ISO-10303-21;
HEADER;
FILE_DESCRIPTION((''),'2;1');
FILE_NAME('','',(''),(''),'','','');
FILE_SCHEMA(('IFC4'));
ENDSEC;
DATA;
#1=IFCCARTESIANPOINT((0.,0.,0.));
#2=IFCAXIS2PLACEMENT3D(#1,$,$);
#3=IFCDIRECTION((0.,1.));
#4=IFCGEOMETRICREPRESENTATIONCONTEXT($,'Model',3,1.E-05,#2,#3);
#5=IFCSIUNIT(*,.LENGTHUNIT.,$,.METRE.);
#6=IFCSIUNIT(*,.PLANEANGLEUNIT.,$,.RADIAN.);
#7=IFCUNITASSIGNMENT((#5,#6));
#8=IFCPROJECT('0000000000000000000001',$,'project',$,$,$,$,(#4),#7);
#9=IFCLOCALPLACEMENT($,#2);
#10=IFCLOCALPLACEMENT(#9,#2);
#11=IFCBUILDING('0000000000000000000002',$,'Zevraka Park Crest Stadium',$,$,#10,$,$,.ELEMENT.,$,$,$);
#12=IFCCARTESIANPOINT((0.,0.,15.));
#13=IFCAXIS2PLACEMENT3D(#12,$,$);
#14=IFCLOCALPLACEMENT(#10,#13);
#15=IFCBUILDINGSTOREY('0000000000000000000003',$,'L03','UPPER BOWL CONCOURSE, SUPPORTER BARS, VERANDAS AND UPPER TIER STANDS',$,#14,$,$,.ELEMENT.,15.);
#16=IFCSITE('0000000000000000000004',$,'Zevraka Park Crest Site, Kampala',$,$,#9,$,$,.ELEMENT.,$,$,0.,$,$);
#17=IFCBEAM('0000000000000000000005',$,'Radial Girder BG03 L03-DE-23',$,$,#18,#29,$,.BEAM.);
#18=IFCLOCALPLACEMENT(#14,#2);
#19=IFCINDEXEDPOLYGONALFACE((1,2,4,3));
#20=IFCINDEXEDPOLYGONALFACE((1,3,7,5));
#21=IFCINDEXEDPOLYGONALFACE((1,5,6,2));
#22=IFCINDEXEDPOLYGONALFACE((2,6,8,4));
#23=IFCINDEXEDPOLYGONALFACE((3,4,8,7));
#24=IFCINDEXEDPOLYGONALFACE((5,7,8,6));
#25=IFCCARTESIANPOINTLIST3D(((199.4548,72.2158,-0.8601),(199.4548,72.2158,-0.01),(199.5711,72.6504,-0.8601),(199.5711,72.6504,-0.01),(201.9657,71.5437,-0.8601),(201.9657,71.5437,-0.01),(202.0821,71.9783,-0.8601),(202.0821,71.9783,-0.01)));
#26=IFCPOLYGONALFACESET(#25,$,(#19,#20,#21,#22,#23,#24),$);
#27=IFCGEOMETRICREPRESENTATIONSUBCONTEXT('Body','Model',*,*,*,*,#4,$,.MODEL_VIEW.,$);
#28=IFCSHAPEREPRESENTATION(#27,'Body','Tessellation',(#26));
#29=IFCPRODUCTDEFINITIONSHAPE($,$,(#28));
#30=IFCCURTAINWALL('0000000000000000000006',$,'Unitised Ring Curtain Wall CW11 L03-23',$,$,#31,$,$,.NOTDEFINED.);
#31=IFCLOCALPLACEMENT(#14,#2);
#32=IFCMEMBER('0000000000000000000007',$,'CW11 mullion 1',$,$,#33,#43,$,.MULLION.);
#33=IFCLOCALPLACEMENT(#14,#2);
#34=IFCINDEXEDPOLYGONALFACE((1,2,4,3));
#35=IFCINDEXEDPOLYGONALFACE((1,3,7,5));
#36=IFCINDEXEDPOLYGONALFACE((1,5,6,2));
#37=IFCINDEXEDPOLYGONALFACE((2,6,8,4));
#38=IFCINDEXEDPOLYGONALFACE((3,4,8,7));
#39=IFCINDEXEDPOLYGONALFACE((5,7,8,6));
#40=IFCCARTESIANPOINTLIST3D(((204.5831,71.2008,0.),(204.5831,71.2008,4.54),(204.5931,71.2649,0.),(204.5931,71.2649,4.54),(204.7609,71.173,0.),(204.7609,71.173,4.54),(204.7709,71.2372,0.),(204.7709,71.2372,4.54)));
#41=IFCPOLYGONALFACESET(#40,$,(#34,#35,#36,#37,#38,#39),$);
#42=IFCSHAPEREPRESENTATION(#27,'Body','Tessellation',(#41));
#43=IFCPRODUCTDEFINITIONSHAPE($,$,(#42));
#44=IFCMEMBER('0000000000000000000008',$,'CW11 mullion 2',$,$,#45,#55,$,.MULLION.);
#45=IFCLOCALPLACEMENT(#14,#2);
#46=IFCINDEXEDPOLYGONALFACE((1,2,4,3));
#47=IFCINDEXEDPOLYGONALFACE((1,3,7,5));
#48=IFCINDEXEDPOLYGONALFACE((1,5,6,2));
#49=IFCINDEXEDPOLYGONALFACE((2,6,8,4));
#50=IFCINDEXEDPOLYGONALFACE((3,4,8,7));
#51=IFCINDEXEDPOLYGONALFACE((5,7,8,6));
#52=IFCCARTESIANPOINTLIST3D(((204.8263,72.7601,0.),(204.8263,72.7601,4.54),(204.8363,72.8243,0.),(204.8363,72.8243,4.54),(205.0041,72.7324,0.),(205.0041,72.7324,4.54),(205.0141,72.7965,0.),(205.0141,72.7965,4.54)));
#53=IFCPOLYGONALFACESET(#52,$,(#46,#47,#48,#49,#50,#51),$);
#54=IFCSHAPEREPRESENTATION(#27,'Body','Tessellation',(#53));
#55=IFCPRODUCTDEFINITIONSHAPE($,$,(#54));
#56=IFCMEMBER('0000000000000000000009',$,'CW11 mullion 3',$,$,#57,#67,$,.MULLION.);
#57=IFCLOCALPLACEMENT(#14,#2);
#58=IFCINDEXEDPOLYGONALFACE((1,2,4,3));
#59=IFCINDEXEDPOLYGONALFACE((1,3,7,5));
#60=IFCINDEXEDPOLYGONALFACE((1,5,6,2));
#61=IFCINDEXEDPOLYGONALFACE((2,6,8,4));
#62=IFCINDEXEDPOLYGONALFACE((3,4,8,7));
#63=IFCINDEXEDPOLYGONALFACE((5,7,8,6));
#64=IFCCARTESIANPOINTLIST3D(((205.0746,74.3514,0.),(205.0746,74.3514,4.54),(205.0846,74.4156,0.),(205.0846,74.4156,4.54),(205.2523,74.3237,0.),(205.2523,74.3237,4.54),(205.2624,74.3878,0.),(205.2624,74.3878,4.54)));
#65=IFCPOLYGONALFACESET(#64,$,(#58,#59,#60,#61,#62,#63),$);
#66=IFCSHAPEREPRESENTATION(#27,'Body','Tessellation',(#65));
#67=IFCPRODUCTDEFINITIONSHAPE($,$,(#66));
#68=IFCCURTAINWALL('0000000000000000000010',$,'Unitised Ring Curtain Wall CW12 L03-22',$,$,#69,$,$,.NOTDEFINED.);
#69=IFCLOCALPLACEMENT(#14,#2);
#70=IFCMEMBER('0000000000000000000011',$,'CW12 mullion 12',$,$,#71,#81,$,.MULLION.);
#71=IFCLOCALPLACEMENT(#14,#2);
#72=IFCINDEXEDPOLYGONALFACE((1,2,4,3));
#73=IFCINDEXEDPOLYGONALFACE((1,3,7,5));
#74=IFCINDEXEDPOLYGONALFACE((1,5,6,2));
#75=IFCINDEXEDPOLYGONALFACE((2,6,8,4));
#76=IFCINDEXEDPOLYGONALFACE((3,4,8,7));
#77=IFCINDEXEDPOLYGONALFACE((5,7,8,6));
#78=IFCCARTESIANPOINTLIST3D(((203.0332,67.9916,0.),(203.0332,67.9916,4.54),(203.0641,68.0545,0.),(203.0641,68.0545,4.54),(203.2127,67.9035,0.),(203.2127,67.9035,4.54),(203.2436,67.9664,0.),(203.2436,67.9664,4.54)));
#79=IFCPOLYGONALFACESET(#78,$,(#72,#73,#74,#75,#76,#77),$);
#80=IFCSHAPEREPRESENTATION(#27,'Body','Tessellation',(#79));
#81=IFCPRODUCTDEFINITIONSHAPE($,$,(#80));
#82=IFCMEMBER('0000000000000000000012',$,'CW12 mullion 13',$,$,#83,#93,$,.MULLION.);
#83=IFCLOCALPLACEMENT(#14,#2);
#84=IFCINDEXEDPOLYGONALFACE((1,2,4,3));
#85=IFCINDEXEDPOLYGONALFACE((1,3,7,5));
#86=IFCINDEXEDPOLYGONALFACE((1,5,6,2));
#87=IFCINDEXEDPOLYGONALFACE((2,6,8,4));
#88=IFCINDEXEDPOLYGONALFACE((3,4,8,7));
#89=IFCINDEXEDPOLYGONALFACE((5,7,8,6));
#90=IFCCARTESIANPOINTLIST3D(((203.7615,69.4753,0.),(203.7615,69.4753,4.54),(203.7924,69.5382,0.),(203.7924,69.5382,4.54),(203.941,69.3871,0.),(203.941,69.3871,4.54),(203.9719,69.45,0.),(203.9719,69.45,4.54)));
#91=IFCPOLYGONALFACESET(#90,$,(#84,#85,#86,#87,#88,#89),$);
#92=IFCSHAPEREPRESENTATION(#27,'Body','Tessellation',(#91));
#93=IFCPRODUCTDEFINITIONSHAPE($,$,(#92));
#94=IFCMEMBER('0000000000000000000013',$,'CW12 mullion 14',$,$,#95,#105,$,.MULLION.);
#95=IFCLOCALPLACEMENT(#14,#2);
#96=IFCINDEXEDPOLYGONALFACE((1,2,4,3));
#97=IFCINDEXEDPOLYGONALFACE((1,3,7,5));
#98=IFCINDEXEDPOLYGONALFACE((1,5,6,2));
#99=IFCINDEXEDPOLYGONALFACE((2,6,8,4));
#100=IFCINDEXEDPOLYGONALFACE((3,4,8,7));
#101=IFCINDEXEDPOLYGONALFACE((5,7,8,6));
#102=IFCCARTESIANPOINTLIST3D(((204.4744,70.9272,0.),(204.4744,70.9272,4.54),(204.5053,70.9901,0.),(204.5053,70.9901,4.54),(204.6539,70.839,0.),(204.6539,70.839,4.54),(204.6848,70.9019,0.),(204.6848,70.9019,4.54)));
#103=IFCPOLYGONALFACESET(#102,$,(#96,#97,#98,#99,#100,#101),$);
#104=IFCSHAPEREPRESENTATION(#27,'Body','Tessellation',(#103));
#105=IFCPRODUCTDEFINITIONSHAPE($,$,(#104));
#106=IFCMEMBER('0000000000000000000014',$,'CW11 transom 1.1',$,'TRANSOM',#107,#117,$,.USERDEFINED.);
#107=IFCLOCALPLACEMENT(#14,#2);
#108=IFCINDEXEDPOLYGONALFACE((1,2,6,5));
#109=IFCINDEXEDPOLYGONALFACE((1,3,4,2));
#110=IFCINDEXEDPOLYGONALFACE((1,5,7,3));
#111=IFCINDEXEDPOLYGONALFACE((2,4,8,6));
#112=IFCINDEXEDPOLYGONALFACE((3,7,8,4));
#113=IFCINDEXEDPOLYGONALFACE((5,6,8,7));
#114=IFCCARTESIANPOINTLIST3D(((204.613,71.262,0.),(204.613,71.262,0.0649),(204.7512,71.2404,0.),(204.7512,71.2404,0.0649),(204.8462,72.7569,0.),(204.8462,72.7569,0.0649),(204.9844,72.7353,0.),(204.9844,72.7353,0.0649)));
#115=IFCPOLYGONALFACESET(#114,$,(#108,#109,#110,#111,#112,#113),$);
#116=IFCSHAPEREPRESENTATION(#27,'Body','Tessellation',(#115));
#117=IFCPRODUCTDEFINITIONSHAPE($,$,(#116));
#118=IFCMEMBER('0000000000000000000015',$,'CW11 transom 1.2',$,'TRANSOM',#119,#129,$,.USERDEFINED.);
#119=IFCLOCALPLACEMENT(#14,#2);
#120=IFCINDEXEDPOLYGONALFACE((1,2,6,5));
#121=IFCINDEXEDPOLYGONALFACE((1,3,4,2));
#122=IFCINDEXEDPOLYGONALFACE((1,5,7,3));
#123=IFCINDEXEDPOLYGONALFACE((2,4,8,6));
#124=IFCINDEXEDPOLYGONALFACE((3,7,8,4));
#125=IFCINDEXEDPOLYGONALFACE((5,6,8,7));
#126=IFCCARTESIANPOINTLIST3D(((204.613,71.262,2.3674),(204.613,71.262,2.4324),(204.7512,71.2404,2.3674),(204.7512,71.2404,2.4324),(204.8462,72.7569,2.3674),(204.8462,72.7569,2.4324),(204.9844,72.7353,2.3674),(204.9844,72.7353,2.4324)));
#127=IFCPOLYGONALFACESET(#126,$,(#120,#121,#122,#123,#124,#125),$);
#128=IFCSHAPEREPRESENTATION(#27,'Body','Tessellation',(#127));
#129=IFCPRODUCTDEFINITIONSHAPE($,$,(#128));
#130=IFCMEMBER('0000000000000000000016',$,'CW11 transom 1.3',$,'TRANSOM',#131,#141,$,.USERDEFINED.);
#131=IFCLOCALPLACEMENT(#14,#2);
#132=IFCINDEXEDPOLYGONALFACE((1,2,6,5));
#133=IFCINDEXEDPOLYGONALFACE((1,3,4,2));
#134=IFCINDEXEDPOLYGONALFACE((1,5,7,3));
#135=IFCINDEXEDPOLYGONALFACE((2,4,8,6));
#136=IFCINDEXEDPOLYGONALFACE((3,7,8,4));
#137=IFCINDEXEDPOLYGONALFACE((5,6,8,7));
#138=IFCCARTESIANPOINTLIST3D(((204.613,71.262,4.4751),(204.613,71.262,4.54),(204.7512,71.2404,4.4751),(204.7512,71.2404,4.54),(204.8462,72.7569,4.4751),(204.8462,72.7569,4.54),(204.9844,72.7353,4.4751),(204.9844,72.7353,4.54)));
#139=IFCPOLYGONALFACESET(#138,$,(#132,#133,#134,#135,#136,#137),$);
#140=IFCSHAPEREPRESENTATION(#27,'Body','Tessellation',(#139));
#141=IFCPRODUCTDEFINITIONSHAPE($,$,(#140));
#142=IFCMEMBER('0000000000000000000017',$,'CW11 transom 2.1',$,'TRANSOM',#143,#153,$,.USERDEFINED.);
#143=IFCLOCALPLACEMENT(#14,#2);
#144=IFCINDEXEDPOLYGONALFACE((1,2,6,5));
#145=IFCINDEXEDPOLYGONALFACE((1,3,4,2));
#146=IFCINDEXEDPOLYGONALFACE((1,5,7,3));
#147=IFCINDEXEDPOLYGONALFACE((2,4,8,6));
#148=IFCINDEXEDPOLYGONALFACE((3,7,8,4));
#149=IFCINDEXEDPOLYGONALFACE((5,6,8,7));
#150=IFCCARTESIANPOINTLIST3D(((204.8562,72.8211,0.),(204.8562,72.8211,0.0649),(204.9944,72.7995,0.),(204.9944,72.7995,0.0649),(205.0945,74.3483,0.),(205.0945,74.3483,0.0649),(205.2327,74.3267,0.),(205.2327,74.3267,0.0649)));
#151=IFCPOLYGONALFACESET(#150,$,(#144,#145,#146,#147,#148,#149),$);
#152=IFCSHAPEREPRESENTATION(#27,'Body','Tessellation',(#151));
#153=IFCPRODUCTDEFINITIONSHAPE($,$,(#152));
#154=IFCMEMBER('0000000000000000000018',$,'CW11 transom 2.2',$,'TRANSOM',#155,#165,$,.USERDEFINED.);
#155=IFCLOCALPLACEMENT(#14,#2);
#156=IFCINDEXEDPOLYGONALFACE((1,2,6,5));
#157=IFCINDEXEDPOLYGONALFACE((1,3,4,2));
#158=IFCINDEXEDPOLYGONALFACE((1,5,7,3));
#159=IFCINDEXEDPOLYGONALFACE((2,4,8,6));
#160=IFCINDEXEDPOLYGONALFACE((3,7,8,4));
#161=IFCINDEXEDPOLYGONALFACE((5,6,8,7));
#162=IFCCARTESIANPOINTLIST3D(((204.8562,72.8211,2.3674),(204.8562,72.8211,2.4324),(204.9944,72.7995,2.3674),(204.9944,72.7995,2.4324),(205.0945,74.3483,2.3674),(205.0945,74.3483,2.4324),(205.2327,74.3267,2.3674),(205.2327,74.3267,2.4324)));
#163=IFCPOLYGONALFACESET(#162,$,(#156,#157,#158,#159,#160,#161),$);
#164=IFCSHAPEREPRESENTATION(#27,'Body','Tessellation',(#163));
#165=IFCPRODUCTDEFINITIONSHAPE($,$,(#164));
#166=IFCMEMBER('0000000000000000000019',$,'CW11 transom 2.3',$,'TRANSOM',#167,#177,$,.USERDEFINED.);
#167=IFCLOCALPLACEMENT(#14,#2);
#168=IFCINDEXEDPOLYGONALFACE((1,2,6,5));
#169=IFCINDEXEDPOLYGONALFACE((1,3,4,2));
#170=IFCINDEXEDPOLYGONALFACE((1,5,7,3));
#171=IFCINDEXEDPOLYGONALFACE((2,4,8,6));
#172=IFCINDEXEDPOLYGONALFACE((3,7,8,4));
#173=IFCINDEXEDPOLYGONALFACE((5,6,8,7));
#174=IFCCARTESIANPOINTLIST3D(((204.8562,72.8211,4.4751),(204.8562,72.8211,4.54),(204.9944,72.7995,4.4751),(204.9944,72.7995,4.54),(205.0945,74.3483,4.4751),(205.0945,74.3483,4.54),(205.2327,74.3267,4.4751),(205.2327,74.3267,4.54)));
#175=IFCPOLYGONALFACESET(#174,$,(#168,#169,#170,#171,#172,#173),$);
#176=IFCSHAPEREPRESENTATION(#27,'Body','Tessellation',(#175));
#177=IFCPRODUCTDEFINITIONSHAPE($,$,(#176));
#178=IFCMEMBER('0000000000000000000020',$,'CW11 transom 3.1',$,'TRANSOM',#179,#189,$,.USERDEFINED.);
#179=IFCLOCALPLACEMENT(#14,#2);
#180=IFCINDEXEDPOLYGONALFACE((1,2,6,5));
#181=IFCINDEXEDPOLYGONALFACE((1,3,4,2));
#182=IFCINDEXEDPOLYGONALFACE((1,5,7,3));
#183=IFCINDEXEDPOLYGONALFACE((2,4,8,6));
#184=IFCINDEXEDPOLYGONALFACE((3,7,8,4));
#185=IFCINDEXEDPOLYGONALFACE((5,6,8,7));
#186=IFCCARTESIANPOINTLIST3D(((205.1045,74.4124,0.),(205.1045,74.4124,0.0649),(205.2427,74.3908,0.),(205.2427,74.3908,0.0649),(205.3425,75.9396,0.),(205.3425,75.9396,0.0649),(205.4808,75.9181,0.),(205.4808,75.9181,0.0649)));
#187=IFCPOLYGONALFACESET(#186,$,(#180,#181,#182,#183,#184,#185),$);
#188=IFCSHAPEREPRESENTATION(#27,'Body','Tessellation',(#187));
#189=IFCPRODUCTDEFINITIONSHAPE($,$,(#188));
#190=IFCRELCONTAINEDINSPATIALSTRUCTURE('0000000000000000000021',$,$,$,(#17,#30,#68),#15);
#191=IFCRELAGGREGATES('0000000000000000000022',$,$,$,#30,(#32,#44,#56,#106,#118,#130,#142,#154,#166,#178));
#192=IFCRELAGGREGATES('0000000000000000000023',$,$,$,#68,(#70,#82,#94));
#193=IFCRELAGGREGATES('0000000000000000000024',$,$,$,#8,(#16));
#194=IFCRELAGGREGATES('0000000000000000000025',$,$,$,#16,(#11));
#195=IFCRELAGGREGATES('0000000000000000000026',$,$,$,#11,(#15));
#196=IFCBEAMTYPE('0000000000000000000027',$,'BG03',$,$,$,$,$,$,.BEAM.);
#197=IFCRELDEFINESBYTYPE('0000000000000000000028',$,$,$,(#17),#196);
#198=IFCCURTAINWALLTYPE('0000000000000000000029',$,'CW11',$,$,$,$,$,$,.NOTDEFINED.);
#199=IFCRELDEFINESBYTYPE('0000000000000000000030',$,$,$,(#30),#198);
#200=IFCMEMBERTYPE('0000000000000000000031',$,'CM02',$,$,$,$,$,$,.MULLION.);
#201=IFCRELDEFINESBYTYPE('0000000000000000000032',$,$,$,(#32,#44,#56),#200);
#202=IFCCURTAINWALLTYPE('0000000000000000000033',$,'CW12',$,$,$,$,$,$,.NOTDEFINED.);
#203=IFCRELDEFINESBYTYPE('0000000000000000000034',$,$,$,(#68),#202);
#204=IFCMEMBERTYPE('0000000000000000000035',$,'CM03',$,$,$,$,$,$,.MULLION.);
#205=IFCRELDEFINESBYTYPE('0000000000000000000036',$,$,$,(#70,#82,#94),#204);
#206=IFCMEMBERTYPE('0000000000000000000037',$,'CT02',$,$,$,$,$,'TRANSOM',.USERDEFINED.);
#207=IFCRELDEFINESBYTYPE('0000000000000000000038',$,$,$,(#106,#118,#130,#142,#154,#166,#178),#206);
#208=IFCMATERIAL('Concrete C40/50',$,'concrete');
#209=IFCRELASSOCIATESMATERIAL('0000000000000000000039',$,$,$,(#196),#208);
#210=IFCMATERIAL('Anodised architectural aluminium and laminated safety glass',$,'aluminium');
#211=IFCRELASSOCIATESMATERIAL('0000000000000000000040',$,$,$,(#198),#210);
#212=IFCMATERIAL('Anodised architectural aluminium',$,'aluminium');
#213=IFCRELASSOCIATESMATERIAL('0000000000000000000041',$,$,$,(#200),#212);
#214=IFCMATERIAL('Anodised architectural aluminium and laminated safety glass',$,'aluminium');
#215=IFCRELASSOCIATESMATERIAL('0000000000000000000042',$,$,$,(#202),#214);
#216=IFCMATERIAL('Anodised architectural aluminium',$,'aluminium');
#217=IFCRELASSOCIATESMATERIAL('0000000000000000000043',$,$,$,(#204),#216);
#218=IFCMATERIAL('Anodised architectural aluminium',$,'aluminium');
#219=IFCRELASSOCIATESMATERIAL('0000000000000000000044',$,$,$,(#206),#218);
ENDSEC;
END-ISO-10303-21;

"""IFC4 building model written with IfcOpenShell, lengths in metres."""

from ifc_helpers import new_model, si_unit, direction, frame, origin, origin_2d, place, context, subcontext, project, spatial, rectangle, extrude, material, material_profile, profile_set, type_object, element, aggregate, save


model = new_model("IFC4")

# Units and contexts
model_context = context("Model", 3, precision=1e-05, world=origin(), true_north=direction((0.0, 1.0)))
body_context = subcontext(model_context, "Body", "Model", "MODEL_VIEW")
ifc_project = project(units=[si_unit("LENGTHUNIT", "METRE"), si_unit("PLANEANGLEUNIT", "RADIAN")], contexts=[model_context])

# Site, building, storey
site_placement = place(None, origin())
site = spatial("IfcSite", under=ifc_project, at=site_placement, Name="Zevraka Park Crest Site, Kampala", CompositionType="ELEMENT", RefElevation=0.0)
building_placement = place(site_placement, origin())
building = spatial("IfcBuilding", under=site, at=building_placement, Name="Zevraka Park Crest Stadium", CompositionType="ELEMENT")
storey_placement = place(building_placement, frame((0.0, 0.0, 15.0)))
storey = spatial("IfcBuildingStorey", under=building, at=storey_placement, Name="L03", Description="UPPER BOWL CONCOURSE, SUPPORTER BARS, VERANDAS AND UPPER TIER STANDS", CompositionType="ELEMENT", Elevation=15.0)

# Beam
ifc_material_1 = material(Name="Concrete C40/50", Category="concrete")
ifc_material_profile_1 = material_profile(ifc_material_1, rectangle(XDim=0.45, YDim=0.8501, at=origin_2d()), Name="RC 850x450")
ifc_profile_set_1 = profile_set([ifc_material_profile_1], Name="Concrete C40/50")
beam_type_1 = type_object("IfcBeamType", Name="BG03", PredefinedType="BEAM", material=ifc_profile_set_1)
beam_1_placement = place(storey_placement, frame((199.5129, 72.4331, -0.4351), z_axis=(0.965993, -0.258569, 0.0), x_axis=(0.258569, 0.965993, 0.0)))
element("IfcBeam", 1, at=beam_1_placement, inside=storey, type_object=beam_type_1, Name="Radial Girder BG03 L03-DE-23", PredefinedType="BEAM", context=body_context, shape_type="SweptSolid", body=[
    extrude(rectangle(XDim=0.45, YDim=0.8501, at=origin_2d()), origin(), (0.0, 0.0, 1.0), 2.5994),
])

# Curtain walls, members
ifc_material_2 = material(Name="Anodised architectural aluminium and laminated safety glass", Category="aluminium")
curtain_wall_type_1 = type_object("IfcCurtainWallType", Name="CW11", PredefinedType="NOTDEFINED", material=ifc_material_2)
curtain_wall_1_placement = place(storey_placement, origin())
curtain_wall_1 = element("IfcCurtainWall", 2, at=curtain_wall_1_placement, inside=storey, type_object=curtain_wall_type_1, Name="Unitised Ring Curtain Wall CW11 L03-23", PredefinedType="NOTDEFINED")
ifc_material_3 = material(Name="Anodised architectural aluminium", Category="aluminium")
ifc_material_profile_2 = material_profile(ifc_material_3, rectangle(XDim=0.1799, YDim=0.0649, at=origin_2d()), Name="ALU MULLION 180x65")
ifc_profile_set_2 = profile_set([ifc_material_profile_2], Name="Anodised architectural aluminium")
member_type_1 = type_object("IfcMemberType", Name="CM02", PredefinedType="MULLION", material=ifc_profile_set_2)
member_1_placement = place(storey_placement, frame((204.677, 71.219, 0.0), z_axis=(0.0, 0.0, 1.0), x_axis=(-0.988051, 0.154128, 0.0)))
member_1 = element("IfcMember", 3, at=member_1_placement, type_object=member_type_1, Name="CW11 mullion 1", PredefinedType="MULLION", context=body_context, shape_type="SweptSolid", body=[
    extrude(rectangle(XDim=0.1799, YDim=0.0649, at=origin_2d()), origin(), (0.0, 0.0, 1.0), 4.54),
])
member_2_placement = place(storey_placement, frame((204.9202, 72.7783, 0.0), z_axis=(0.0, 0.0, 1.0), x_axis=(-0.988051, 0.154128, 0.0)))
member_2 = element("IfcMember", 4, at=member_2_placement, type_object=member_type_1, Name="CW11 mullion 2", PredefinedType="MULLION", context=body_context, shape_type="SweptSolid", body=[
    extrude(rectangle(XDim=0.1799, YDim=0.0649, at=origin_2d()), origin(), (0.0, 0.0, 1.0), 4.54),
])
member_3_placement = place(storey_placement, frame((205.1685, 74.3696, 0.0), z_axis=(0.0, 0.0, 1.0), x_axis=(-0.988051, 0.154128, 0.0)))
member_3 = element("IfcMember", 5, at=member_3_placement, type_object=member_type_1, Name="CW11 mullion 3", PredefinedType="MULLION", context=body_context, shape_type="SweptSolid", body=[
    extrude(rectangle(XDim=0.1799, YDim=0.0649, at=origin_2d()), origin(), (0.0, 0.0, 1.0), 4.54),
])
ifc_material_4 = material(Name="Anodised architectural aluminium and laminated safety glass", Category="aluminium")
curtain_wall_type_2 = type_object("IfcCurtainWallType", Name="CW12", PredefinedType="NOTDEFINED", material=ifc_material_4)
curtain_wall_2_placement = place(storey_placement, origin())
curtain_wall_2 = element("IfcCurtainWall", 6, at=curtain_wall_2_placement, inside=storey, type_object=curtain_wall_type_2, Name="Unitised Ring Curtain Wall CW12 L03-22", PredefinedType="NOTDEFINED")
ifc_material_5 = material(Name="Anodised architectural aluminium", Category="aluminium")
ifc_material_profile_3 = material_profile(ifc_material_5, rectangle(XDim=0.2, YDim=0.0701, at=origin_2d()), Name="ALU MULLION 200x70")
ifc_profile_set_3 = profile_set([ifc_material_profile_3], Name="Anodised architectural aluminium")
member_type_2 = type_object("IfcMemberType", Name="CM03", PredefinedType="MULLION", material=ifc_profile_set_3)
member_4_placement = place(storey_placement, frame((203.1384, 67.979, 0.0), z_axis=(0.0, 0.0, 1.0), x_axis=(-0.897671, 0.440666, 0.0)))
member_4 = element("IfcMember", 7, at=member_4_placement, type_object=member_type_2, Name="CW12 mullion 12", PredefinedType="MULLION", context=body_context, shape_type="SweptSolid", body=[
    extrude(rectangle(XDim=0.2, YDim=0.0701, at=origin_2d()), origin(), (0.0, 0.0, 1.0), 4.54),
])
member_5_placement = place(storey_placement, frame((203.8667, 69.4626, 0.0), z_axis=(0.0, 0.0, 1.0), x_axis=(-0.897671, 0.440666, 0.0)))
member_5 = element("IfcMember", 8, at=member_5_placement, type_object=member_type_2, Name="CW12 mullion 13", PredefinedType="MULLION", context=body_context, shape_type="SweptSolid", body=[
    extrude(rectangle(XDim=0.2, YDim=0.0701, at=origin_2d()), origin(), (0.0, 0.0, 1.0), 4.54),
])
member_6_placement = place(storey_placement, frame((204.5796, 70.9146, 0.0), z_axis=(0.0, 0.0, 1.0), x_axis=(-0.897671, 0.440666, 0.0)))
member_6 = element("IfcMember", 9, at=member_6_placement, type_object=member_type_2, Name="CW12 mullion 14", PredefinedType="MULLION", context=body_context, shape_type="SweptSolid", body=[
    extrude(rectangle(XDim=0.2, YDim=0.0701, at=origin_2d()), origin(), (0.0, 0.0, 1.0), 4.54),
])

# Members
ifc_material_6 = material(Name="Anodised architectural aluminium", Category="aluminium")
ifc_material_profile_4 = material_profile(ifc_material_6, rectangle(XDim=0.1399, YDim=0.0649, at=origin_2d()), Name="ALU TRANSOM 140x65")
ifc_profile_set_4 = profile_set([ifc_material_profile_4], Name="Anodised architectural aluminium")
member_type_3 = type_object("IfcMemberType", Name="CT02", ElementType="TRANSOM", PredefinedType="USERDEFINED", material=ifc_profile_set_4)
member_7_placement = place(storey_placement, frame((204.6821, 71.2512, 0.0325), z_axis=(0.154106, 0.988054, 0.0), x_axis=(-0.988054, 0.154106, 0.0)))
member_7 = element("IfcMember", 10, at=member_7_placement, type_object=member_type_3, Name="CW11 transom 1.1", ObjectType="TRANSOM", PredefinedType="USERDEFINED", context=body_context, shape_type="SweptSolid", body=[
    extrude(rectangle(XDim=0.1399, YDim=0.0649, at=origin_2d()), origin(), (0.0, 0.0, 1.0), 1.5129),
])
member_8_placement = place(storey_placement, frame((204.6821, 71.2512, 2.3999), z_axis=(0.154106, 0.988054, 0.0), x_axis=(-0.988054, 0.154106, 0.0)))
member_8 = element("IfcMember", 11, at=member_8_placement, type_object=member_type_3, Name="CW11 transom 1.2", ObjectType="TRANSOM", PredefinedType="USERDEFINED", context=body_context, shape_type="SweptSolid", body=[
    extrude(rectangle(XDim=0.1399, YDim=0.0649, at=origin_2d()), origin(), (0.0, 0.0, 1.0), 1.5129),
])
member_9_placement = place(storey_placement, frame((204.6821, 71.2512, 4.5076), z_axis=(0.154106, 0.988054, 0.0), x_axis=(-0.988054, 0.154106, 0.0)))
member_9 = element("IfcMember", 12, at=member_9_placement, type_object=member_type_3, Name="CW11 transom 1.3", ObjectType="TRANSOM", PredefinedType="USERDEFINED", context=body_context, shape_type="SweptSolid", body=[
    extrude(rectangle(XDim=0.1399, YDim=0.0649, at=origin_2d()), origin(), (0.0, 0.0, 1.0), 1.5129),
])
member_10_placement = place(storey_placement, frame((204.9253, 72.8103, 0.0325), z_axis=(0.15417, 0.988044, 0.0), x_axis=(-0.988044, 0.15417, 0.0)))
member_10 = element("IfcMember", 13, at=member_10_placement, type_object=member_type_3, Name="CW11 transom 2.1", ObjectType="TRANSOM", PredefinedType="USERDEFINED", context=body_context, shape_type="SweptSolid", body=[
    extrude(rectangle(XDim=0.1399, YDim=0.0649, at=origin_2d()), origin(), (0.0, 0.0, 1.0), 1.5457),
])
member_11_placement = place(storey_placement, frame((204.9253, 72.8103, 2.3999), z_axis=(0.15417, 0.988044, 0.0), x_axis=(-0.988044, 0.15417, 0.0)))
member_11 = element("IfcMember", 14, at=member_11_placement, type_object=member_type_3, Name="CW11 transom 2.2", ObjectType="TRANSOM", PredefinedType="USERDEFINED", context=body_context, shape_type="SweptSolid", body=[
    extrude(rectangle(XDim=0.1399, YDim=0.0649, at=origin_2d()), origin(), (0.0, 0.0, 1.0), 1.5457),
])
member_12_placement = place(storey_placement, frame((204.9253, 72.8103, 4.5076), z_axis=(0.15417, 0.988044, 0.0), x_axis=(-0.988044, 0.15417, 0.0)))
member_12 = element("IfcMember", 15, at=member_12_placement, type_object=member_type_3, Name="CW11 transom 2.3", ObjectType="TRANSOM", PredefinedType="USERDEFINED", context=body_context, shape_type="SweptSolid", body=[
    extrude(rectangle(XDim=0.1399, YDim=0.0649, at=origin_2d()), origin(), (0.0, 0.0, 1.0), 1.5457),
])
member_13_placement = place(storey_placement, frame((205.1736, 74.4016, 0.0325), z_axis=(0.154015, 0.988068, 0.0), x_axis=(-0.988068, 0.154015, 0.0)))
member_13 = element("IfcMember", 16, at=member_13_placement, type_object=member_type_3, Name="CW11 transom 3.1", ObjectType="TRANSOM", PredefinedType="USERDEFINED", context=body_context, shape_type="SweptSolid", body=[
    extrude(rectangle(XDim=0.1399, YDim=0.0649, at=origin_2d()), origin(), (0.0, 0.0, 1.0), 1.5457),
])

aggregate(curtain_wall_1, [member_1, member_2, member_3, member_7, member_8, member_9, member_10, member_11, member_12, member_13])
aggregate(curtain_wall_2, [member_4, member_5, member_6])

save(model, "model.ifc")
